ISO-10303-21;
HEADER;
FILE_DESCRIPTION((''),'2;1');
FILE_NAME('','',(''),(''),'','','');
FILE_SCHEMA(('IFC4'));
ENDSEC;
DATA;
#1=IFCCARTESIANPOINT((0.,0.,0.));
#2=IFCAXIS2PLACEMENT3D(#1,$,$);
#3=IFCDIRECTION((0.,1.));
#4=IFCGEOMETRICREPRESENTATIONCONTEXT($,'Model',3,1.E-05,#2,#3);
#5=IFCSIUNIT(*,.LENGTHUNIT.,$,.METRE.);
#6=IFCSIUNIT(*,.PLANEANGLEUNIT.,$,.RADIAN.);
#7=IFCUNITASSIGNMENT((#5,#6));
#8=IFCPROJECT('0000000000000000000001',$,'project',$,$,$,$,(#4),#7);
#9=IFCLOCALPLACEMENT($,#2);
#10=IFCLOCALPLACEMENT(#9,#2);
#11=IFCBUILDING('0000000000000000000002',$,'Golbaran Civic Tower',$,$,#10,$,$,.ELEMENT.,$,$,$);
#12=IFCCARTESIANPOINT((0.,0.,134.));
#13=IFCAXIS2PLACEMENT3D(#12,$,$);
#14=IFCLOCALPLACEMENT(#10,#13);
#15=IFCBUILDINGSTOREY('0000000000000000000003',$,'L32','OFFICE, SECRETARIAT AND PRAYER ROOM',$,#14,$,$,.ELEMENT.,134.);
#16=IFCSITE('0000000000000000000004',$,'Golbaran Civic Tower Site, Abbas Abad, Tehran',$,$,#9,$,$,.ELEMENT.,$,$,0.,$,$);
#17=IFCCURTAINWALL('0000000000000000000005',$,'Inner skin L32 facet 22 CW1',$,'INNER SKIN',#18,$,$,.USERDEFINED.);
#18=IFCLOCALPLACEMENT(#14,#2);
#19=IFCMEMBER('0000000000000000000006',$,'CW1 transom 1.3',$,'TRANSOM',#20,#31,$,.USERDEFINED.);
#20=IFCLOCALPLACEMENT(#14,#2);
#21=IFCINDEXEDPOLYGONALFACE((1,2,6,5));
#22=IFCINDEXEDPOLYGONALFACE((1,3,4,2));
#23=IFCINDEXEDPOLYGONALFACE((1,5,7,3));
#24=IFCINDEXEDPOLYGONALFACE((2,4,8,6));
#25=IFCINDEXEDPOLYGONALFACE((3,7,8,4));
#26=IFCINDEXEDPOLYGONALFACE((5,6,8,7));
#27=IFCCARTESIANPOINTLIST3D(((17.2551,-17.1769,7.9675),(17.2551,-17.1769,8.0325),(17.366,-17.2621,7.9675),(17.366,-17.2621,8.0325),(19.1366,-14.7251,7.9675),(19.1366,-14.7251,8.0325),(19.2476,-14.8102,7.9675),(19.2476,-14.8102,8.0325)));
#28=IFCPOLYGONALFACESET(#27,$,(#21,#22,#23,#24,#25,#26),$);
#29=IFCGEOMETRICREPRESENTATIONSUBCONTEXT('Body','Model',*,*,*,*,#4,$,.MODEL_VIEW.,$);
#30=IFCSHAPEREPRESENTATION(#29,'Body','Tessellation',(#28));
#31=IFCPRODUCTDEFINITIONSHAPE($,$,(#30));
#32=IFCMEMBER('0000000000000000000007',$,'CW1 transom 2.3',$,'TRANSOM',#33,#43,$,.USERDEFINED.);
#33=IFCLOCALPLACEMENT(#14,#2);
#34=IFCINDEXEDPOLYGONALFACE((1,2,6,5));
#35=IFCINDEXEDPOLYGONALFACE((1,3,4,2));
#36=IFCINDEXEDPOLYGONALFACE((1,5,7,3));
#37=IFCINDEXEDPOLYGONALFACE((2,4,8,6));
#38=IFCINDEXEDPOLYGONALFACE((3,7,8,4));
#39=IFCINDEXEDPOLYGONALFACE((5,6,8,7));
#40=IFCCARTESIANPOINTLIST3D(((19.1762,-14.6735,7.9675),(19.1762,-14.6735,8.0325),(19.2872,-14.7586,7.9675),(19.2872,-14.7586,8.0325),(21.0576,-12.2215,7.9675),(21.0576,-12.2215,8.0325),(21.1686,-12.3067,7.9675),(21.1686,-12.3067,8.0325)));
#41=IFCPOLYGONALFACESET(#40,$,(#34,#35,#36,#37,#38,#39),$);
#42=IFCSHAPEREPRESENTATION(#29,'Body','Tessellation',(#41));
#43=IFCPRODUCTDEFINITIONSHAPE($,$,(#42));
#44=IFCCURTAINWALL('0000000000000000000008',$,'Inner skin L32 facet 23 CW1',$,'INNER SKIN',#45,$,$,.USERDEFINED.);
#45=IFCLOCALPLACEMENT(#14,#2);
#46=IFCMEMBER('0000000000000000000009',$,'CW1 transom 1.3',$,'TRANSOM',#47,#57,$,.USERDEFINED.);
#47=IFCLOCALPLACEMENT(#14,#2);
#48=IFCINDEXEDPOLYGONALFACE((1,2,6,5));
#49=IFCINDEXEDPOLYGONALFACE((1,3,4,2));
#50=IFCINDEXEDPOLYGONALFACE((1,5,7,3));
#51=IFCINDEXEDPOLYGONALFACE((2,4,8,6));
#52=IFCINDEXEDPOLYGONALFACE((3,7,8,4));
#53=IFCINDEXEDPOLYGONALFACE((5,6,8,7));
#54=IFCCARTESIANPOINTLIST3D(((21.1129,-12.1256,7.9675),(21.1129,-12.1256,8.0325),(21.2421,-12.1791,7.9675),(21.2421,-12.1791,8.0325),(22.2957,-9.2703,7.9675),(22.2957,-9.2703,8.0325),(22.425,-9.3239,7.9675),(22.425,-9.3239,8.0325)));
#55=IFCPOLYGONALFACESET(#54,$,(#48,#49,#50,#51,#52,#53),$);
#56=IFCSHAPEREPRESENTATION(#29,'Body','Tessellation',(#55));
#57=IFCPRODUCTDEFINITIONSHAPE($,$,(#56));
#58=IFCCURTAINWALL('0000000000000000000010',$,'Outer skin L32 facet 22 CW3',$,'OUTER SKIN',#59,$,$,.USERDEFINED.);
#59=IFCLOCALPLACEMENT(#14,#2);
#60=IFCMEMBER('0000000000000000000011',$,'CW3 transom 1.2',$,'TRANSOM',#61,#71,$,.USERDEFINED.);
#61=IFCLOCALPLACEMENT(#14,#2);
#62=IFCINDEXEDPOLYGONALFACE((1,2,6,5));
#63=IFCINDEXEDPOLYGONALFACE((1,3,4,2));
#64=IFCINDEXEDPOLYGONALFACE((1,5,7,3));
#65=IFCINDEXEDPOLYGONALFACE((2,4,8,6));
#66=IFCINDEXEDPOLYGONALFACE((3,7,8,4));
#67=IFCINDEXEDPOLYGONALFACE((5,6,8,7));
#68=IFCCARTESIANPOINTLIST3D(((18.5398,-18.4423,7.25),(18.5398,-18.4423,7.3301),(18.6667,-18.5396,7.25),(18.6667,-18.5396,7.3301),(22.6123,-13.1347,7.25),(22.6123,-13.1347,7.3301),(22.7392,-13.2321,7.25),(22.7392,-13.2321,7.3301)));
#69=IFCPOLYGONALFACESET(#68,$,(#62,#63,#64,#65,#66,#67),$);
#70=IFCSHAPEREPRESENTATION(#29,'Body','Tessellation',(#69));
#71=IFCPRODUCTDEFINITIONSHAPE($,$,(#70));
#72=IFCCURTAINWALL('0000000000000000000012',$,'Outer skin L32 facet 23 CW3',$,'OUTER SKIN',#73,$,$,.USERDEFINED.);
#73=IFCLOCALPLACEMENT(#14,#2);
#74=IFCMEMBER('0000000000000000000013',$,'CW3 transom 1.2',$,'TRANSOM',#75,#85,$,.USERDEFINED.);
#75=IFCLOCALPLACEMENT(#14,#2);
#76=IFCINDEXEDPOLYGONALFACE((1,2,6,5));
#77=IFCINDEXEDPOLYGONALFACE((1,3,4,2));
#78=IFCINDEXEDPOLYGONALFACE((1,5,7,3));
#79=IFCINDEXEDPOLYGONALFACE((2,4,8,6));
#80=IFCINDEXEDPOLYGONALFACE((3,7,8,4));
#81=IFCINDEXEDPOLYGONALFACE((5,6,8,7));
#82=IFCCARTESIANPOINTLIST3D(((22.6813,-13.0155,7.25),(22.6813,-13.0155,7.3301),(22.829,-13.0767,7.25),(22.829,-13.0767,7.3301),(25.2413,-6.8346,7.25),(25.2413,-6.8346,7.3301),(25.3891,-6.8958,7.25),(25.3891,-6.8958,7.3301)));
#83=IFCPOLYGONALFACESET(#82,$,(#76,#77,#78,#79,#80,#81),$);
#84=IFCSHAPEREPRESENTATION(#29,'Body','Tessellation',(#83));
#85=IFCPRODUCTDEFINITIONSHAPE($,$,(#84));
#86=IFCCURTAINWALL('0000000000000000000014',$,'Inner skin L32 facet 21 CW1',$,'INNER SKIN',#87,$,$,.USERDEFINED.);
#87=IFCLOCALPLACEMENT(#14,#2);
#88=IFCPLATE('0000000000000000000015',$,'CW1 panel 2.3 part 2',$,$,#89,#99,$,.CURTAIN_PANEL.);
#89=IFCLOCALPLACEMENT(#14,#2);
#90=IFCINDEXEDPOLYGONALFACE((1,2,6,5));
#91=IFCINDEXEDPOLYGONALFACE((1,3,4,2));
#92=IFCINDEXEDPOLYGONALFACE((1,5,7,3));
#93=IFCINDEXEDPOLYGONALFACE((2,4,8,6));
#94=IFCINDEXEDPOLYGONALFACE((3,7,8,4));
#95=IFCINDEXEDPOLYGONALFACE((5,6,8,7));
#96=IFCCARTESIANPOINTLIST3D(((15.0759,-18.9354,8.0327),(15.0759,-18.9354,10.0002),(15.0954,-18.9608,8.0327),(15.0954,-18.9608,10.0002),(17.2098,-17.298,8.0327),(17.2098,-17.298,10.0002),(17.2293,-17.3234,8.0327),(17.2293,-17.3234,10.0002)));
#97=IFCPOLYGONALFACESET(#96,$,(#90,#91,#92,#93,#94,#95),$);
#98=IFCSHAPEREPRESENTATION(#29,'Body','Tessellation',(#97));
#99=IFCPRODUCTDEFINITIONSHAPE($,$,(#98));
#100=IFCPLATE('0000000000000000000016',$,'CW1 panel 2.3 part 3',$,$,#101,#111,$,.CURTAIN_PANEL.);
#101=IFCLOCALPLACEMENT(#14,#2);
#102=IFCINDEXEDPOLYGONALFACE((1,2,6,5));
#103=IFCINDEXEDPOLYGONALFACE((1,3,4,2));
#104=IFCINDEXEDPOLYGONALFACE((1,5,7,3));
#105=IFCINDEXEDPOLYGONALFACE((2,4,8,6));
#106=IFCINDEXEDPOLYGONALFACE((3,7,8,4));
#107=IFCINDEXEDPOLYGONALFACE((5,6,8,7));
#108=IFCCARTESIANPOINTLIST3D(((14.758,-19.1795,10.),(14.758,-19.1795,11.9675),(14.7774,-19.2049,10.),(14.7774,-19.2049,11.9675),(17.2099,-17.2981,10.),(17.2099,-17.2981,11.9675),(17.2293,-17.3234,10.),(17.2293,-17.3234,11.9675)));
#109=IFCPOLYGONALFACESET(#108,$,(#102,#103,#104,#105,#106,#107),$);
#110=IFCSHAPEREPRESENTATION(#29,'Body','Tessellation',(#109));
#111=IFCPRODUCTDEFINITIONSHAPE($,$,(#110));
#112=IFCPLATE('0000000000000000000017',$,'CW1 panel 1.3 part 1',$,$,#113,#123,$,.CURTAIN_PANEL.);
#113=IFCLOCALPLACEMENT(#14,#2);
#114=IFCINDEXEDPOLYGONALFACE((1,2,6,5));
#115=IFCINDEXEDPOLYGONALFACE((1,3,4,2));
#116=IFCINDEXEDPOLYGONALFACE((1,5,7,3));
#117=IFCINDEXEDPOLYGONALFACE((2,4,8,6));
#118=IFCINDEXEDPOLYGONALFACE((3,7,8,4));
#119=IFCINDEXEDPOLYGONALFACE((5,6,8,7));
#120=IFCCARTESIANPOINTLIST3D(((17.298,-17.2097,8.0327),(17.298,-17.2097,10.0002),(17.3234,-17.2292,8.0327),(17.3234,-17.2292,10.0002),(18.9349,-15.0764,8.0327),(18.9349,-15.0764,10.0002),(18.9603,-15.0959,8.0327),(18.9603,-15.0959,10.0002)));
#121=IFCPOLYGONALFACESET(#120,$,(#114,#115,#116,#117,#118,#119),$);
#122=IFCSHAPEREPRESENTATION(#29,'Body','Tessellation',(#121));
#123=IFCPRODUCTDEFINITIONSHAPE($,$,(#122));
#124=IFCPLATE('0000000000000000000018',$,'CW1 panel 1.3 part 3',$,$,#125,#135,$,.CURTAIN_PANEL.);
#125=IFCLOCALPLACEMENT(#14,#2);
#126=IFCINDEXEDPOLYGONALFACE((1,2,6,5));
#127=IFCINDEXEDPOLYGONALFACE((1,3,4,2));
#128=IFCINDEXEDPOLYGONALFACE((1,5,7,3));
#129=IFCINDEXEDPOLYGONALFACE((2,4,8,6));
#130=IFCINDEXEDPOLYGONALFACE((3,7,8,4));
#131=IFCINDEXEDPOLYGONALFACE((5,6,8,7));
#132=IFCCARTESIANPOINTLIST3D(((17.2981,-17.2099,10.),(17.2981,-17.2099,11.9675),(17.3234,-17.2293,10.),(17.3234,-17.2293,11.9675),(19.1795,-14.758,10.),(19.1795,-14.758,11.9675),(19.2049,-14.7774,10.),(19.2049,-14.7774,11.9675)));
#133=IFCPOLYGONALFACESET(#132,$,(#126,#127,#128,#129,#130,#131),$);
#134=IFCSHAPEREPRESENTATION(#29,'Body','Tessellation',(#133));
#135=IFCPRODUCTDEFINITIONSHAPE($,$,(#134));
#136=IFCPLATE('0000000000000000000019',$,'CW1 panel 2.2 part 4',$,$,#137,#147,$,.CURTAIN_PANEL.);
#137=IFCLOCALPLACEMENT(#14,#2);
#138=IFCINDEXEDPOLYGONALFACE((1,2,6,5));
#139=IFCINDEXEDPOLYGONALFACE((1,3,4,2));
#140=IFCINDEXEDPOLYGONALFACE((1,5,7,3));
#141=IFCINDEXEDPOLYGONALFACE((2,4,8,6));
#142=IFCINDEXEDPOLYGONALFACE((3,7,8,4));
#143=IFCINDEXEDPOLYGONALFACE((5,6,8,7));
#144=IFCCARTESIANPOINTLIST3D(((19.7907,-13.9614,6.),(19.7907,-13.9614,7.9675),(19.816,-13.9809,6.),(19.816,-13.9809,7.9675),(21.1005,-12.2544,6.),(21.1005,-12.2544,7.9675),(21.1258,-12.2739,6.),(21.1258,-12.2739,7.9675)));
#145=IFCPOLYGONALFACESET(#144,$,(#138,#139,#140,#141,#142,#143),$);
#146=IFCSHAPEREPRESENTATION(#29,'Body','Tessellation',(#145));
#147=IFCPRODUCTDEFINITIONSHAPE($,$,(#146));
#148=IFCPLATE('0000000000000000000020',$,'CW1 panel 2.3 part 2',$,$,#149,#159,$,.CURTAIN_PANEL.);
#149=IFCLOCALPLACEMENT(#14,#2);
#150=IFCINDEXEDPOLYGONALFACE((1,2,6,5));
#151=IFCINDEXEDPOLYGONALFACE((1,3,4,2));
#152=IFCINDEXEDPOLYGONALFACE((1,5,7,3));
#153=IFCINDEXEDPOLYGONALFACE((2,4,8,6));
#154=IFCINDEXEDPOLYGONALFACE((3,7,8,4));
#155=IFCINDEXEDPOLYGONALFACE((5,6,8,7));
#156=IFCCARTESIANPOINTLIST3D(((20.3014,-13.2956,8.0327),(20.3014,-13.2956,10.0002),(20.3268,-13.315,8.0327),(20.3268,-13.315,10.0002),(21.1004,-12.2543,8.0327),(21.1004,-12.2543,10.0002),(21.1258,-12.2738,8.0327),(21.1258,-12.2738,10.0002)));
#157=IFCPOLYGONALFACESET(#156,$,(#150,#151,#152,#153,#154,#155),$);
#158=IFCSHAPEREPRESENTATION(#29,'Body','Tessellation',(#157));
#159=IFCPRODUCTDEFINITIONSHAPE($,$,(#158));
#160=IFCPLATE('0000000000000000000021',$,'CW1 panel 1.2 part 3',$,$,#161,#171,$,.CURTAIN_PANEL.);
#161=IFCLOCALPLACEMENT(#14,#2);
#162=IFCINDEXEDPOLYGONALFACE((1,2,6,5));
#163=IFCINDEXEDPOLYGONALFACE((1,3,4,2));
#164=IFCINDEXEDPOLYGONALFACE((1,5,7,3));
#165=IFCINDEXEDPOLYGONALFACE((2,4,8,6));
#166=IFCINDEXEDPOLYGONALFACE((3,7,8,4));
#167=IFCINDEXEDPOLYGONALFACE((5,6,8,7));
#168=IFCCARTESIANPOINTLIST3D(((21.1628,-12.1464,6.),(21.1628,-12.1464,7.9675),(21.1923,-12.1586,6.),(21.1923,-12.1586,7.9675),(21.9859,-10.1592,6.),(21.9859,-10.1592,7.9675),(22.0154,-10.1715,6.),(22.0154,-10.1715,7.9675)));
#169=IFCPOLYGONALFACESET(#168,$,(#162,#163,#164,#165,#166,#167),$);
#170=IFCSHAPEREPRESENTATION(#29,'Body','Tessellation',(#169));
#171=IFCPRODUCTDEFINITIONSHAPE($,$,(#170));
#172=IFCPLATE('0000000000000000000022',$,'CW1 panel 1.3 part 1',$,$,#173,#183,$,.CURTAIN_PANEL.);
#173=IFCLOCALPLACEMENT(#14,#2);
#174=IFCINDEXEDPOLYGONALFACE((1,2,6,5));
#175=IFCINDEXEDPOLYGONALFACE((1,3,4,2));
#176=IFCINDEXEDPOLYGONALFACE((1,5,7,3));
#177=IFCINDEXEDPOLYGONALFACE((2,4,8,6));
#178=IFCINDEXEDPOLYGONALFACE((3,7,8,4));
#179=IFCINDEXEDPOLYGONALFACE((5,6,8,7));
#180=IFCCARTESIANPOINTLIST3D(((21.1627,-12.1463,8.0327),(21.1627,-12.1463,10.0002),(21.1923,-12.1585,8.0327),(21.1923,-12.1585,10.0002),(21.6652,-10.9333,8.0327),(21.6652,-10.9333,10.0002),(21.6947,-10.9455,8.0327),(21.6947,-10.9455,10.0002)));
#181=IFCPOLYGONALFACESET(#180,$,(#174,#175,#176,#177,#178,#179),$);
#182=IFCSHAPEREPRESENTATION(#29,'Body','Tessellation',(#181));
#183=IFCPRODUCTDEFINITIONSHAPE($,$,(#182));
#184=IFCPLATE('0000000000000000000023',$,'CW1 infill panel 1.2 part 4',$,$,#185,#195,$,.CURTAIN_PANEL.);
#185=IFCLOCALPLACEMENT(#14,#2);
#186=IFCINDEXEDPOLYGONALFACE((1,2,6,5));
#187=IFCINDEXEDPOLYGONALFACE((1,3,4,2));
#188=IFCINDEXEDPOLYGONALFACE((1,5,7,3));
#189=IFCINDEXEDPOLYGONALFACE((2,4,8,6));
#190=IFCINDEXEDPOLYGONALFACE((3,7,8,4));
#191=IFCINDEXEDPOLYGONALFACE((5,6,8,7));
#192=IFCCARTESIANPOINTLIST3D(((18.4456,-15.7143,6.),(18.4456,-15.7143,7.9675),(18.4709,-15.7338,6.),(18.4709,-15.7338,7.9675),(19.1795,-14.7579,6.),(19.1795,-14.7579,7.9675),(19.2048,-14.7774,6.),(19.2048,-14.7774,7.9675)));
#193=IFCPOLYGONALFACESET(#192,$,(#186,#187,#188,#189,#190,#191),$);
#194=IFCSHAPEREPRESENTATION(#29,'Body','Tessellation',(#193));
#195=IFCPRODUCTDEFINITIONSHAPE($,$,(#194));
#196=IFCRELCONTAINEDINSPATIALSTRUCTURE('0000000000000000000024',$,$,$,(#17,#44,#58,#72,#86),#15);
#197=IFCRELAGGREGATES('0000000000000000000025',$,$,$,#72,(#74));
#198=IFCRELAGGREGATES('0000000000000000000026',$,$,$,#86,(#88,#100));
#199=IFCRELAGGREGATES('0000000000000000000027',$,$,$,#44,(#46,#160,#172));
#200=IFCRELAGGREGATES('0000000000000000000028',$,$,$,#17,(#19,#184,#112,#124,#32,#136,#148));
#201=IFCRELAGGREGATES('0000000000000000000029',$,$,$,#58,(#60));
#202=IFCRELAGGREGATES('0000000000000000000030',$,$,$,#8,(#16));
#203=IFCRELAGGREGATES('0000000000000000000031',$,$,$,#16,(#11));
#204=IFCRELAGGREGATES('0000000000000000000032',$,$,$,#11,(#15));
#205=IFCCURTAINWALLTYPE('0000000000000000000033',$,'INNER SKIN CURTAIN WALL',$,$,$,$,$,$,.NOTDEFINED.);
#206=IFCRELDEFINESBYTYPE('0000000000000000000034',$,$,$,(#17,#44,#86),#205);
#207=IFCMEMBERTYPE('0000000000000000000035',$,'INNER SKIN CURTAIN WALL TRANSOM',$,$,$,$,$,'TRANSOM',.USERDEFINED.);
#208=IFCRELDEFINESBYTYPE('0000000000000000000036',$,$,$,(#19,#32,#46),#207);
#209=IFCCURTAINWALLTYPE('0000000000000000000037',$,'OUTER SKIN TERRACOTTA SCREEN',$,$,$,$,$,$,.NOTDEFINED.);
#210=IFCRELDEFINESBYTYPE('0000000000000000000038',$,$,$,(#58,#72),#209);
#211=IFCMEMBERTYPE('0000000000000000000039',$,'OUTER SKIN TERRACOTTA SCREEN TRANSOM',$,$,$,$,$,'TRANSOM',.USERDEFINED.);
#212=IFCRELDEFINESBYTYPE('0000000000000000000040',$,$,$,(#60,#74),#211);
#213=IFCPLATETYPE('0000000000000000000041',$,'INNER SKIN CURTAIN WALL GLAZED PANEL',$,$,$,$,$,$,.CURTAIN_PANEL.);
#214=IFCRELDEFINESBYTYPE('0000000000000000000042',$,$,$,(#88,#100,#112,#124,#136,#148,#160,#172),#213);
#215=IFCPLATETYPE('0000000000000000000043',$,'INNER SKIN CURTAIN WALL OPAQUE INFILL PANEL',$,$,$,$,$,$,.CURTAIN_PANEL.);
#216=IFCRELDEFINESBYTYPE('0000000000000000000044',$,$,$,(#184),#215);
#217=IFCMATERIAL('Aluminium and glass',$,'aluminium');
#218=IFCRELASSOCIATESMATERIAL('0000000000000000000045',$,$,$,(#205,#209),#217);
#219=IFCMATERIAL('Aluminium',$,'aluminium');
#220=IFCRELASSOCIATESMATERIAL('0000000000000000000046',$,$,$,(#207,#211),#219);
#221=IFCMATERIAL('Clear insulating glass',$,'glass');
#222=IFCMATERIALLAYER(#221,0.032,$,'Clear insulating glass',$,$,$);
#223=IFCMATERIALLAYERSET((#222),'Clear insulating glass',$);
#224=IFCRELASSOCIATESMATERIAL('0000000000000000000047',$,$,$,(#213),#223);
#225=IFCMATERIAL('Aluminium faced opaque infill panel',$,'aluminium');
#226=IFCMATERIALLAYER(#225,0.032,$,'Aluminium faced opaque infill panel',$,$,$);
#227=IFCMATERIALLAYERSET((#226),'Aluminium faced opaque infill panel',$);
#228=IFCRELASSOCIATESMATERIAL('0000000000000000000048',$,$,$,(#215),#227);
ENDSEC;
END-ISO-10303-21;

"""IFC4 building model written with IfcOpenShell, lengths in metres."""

from ifc_helpers import new_model, si_unit, direction, frame, origin, origin_2d, place, context, subcontext, project, spatial, rectangle, extrude, material, layer, layer_set, material_profile, profile_set, type_object, element, aggregate, save


model = new_model("IFC4")

# Units and contexts
model_context = context("Model", 3, precision=1e-05, world=origin(), true_north=direction((0.0, 1.0)))
body_context = subcontext(model_context, "Body", "Model", "MODEL_VIEW")
ifc_project = project(units=[si_unit("LENGTHUNIT", "METRE"), si_unit("PLANEANGLEUNIT", "RADIAN")], contexts=[model_context])

# Site, building, storey
site_placement = place(None, origin())
site = spatial("IfcSite", under=ifc_project, at=site_placement, Name="Golbaran Civic Tower Site, Abbas Abad, Tehran", CompositionType="ELEMENT", RefElevation=0.0)
building_placement = place(site_placement, origin())
building = spatial("IfcBuilding", under=site, at=building_placement, Name="Golbaran Civic Tower", CompositionType="ELEMENT")
storey_placement = place(building_placement, frame((0.0, 0.0, 134.0)))
storey = spatial("IfcBuildingStorey", under=building, at=storey_placement, Name="L32", Description="OFFICE, SECRETARIAT AND PRAYER ROOM", CompositionType="ELEMENT", Elevation=134.0)

# Curtain wall, members
ifc_material_1 = material(Name="Aluminium and glass", Category="aluminium")
curtain_wall_type_1 = type_object("IfcCurtainWallType", Name="INNER SKIN CURTAIN WALL", PredefinedType="NOTDEFINED", material=ifc_material_1)
curtain_wall_1_placement = place(storey_placement, origin())
curtain_wall_1 = element("IfcCurtainWall", 1, at=curtain_wall_1_placement, inside=storey, type_object=curtain_wall_type_1, Name="Inner skin L32 facet 22 CW1", ObjectType="INNER SKIN", PredefinedType="USERDEFINED")
ifc_material_2 = material(Name="Aluminium", Category="aluminium")
ifc_material_profile_1 = material_profile(ifc_material_2, rectangle(XDim=0.1399, YDim=0.0649, at=origin_2d()), Name="INNER SKIN CURTAIN WALL TRANSOM")
ifc_profile_set_1 = profile_set([ifc_material_profile_1], Name="Aluminium")
member_type_1 = type_object("IfcMemberType", Name="INNER SKIN CURTAIN WALL TRANSOM", ElementType="TRANSOM", PredefinedType="USERDEFINED", material=ifc_profile_set_1)
member_1_placement = place(storey_placement, frame((17.3105, -17.2195, 8.0), z_axis=(0.608798, 0.793325, 0.0), x_axis=(-0.793325, 0.608798, 0.0)))
member_1 = element("IfcMember", 2, at=member_1_placement, type_object=member_type_1, Name="CW1 transom 1.3", ObjectType="TRANSOM", PredefinedType="USERDEFINED", context=body_context, shape_type="SweptSolid", body=[
    extrude(rectangle(XDim=0.1399, YDim=0.0649, at=origin_2d()), origin(), (0.0, 0.0, 1.0), 3.0906),
])
member_2_placement = place(storey_placement, frame((19.2317, -14.7161, 8.0), z_axis=(0.608748, 0.793363, 0.0), x_axis=(-0.793363, 0.608748, 0.0)))
member_2 = element("IfcMember", 3, at=member_2_placement, type_object=member_type_1, Name="CW1 transom 2.3", ObjectType="TRANSOM", PredefinedType="USERDEFINED", context=body_context, shape_type="SweptSolid", body=[
    extrude(rectangle(XDim=0.1399, YDim=0.0649, at=origin_2d()), origin(), (0.0, 0.0, 1.0), 3.0906),
])

# Curtain walls, members
curtain_wall_2_placement = place(storey_placement, origin())
curtain_wall_2 = element("IfcCurtainWall", 4, at=curtain_wall_2_placement, inside=storey, type_object=curtain_wall_type_1, Name="Inner skin L32 facet 23 CW1", ObjectType="INNER SKIN", PredefinedType="USERDEFINED")
member_3_placement = place(storey_placement, frame((21.1775, -12.1523, 8.0), z_axis=(0.382736, 0.923858, 0.0), x_axis=(-0.923858, 0.382736, 0.0)))
member_3 = element("IfcMember", 5, at=member_3_placement, type_object=member_type_1, Name="CW1 transom 1.3", ObjectType="TRANSOM", PredefinedType="USERDEFINED", context=body_context, shape_type="SweptSolid", body=[
    extrude(rectangle(XDim=0.1399, YDim=0.0649, at=origin_2d()), origin(), (0.0, 0.0, 1.0), 3.0906),
])
curtain_wall_type_2 = type_object("IfcCurtainWallType", Name="OUTER SKIN TERRACOTTA SCREEN", PredefinedType="NOTDEFINED", material=ifc_material_1)
curtain_wall_3_placement = place(storey_placement, origin())
curtain_wall_3 = element("IfcCurtainWall", 6, at=curtain_wall_3_placement, inside=storey, type_object=curtain_wall_type_2, Name="Outer skin L32 facet 22 CW3", ObjectType="OUTER SKIN", PredefinedType="USERDEFINED")
ifc_material_profile_2 = material_profile(ifc_material_2, rectangle(XDim=0.1599, YDim=0.0801, at=origin_2d()), Name="OUTER SKIN TERRACOTTA SCREEN TRANSOM")
ifc_profile_set_2 = profile_set([ifc_material_profile_2], Name="Aluminium")
member_type_2 = type_object("IfcMemberType", Name="OUTER SKIN TERRACOTTA SCREEN TRANSOM", ElementType="TRANSOM", PredefinedType="USERDEFINED", material=ifc_profile_set_2)
member_4_placement = place(storey_placement, frame((18.6033, -18.491, 7.29), z_axis=(0.608746, 0.793365, 0.0), x_axis=(-0.793365, 0.608746, 0.0)))
member_4 = element("IfcMember", 7, at=member_4_placement, type_object=member_type_2, Name="CW3 transom 1.2", ObjectType="TRANSOM", PredefinedType="USERDEFINED", context=body_context, shape_type="SweptSolid", body=[
    extrude(rectangle(XDim=0.1599, YDim=0.0801, at=origin_2d()), origin(), (0.0, 0.0, 1.0), 6.6899),
])
curtain_wall_4_placement = place(storey_placement, origin())
curtain_wall_4 = element("IfcCurtainWall", 8, at=curtain_wall_4_placement, inside=storey, type_object=curtain_wall_type_2, Name="Outer skin L32 facet 23 CW3", ObjectType="OUTER SKIN", PredefinedType="USERDEFINED")
member_5_placement = place(storey_placement, frame((22.7551, -13.0461, 7.29), z_axis=(0.382663, 0.923888, 0.0), x_axis=(-0.923888, 0.382663, 0.0)))
member_5 = element("IfcMember", 9, at=member_5_placement, type_object=member_type_2, Name="CW3 transom 1.2", ObjectType="TRANSOM", PredefinedType="USERDEFINED", context=body_context, shape_type="SweptSolid", body=[
    extrude(rectangle(XDim=0.1599, YDim=0.0801, at=origin_2d()), origin(), (0.0, 0.0, 1.0), 6.6902),
])
aggregate(curtain_wall_4, [member_5])

# Curtain wall, plates
curtain_wall_5_placement = place(storey_placement, origin())
curtain_wall_5 = element("IfcCurtainWall", 10, at=curtain_wall_5_placement, inside=storey, type_object=curtain_wall_type_1, Name="Inner skin L32 facet 21 CW1", ObjectType="INNER SKIN", PredefinedType="USERDEFINED")
ifc_material_3 = material(Name="Clear insulating glass", Category="glass")
ifc_layer_1 = layer(ifc_material_3, 0.032, Name="Clear insulating glass")
ifc_layer_set_1 = layer_set([ifc_layer_1], Name="Clear insulating glass")
plate_type_1 = type_object("IfcPlateType", Name="INNER SKIN CURTAIN WALL GLAZED PANEL", PredefinedType="CURTAIN_PANEL", material=ifc_layer_set_1)
plate_1_placement = place(storey_placement, frame((16.1526, -18.1294, 8.0327), z_axis=(0.0, 0.0, 1.0), x_axis=(0.793353, 0.608761, 0.0)))
plate_1 = element("IfcPlate", 11, at=plate_1_placement, type_object=plate_type_1, Name="CW1 panel 2.3 part 2", PredefinedType="CURTAIN_PANEL", context=body_context, shape_type="SweptSolid", body=[
    extrude(rectangle(XDim=2.6897, YDim=0.032, at=origin_2d()), origin(), (0.0, 0.0, 1.0), 1.9675),
])
plate_2_placement = place(storey_placement, frame((15.9937, -18.2515, 10.0), z_axis=(0.0, 0.0, 1.0), x_axis=(0.793353, 0.608761, 0.0)))
plate_2 = element("IfcPlate", 12, at=plate_2_placement, type_object=plate_type_1, Name="CW1 panel 2.3 part 3", PredefinedType="CURTAIN_PANEL", context=body_context, shape_type="SweptSolid", body=[
    extrude(rectangle(XDim=3.0906, YDim=0.032, at=origin_2d()), origin(), (0.0, 0.0, 1.0), 1.9675),
])
aggregate(curtain_wall_5, [plate_1, plate_2])

# Plates
plate_3_placement = place(storey_placement, frame((18.1292, -16.1528, 8.0327), z_axis=(0.0, 0.0, 1.0), x_axis=(0.608761, 0.793353, 0.0)))
plate_3 = element("IfcPlate", 13, at=plate_3_placement, type_object=plate_type_1, Name="CW1 panel 1.3 part 1", PredefinedType="CURTAIN_PANEL", context=body_context, shape_type="SweptSolid", body=[
    extrude(rectangle(XDim=2.689, YDim=0.032, at=origin_2d()), origin(), (0.0, 0.0, 1.0), 1.9675),
])
plate_4_placement = place(storey_placement, frame((18.2515, -15.9937, 10.0), z_axis=(0.0, 0.0, 1.0), x_axis=(0.608761, 0.793353, 0.0)))
plate_4 = element("IfcPlate", 14, at=plate_4_placement, type_object=plate_type_1, Name="CW1 panel 1.3 part 3", PredefinedType="CURTAIN_PANEL", context=body_context, shape_type="SweptSolid", body=[
    extrude(rectangle(XDim=3.0906, YDim=0.032, at=origin_2d()), origin(), (0.0, 0.0, 1.0), 1.9675),
])
plate_5_placement = place(storey_placement, frame((20.4583, -13.1177, 6.0), z_axis=(0.0, 0.0, 1.0), x_axis=(0.608761, 0.793353, 0.0)))
plate_5 = element("IfcPlate", 15, at=plate_5_placement, type_object=plate_type_1, Name="CW1 panel 2.2 part 4", PredefinedType="CURTAIN_PANEL", context=body_context, shape_type="SweptSolid", body=[
    extrude(rectangle(XDim=2.1516, YDim=0.032, at=origin_2d()), origin(), (0.0, 0.0, 1.0), 1.9675),
])
plate_6_placement = place(storey_placement, frame((20.7136, -12.7847, 8.0327), z_axis=(0.0, 0.0, 1.0), x_axis=(0.608761, 0.793353, 0.0)))
plate_6 = element("IfcPlate", 16, at=plate_6_placement, type_object=plate_type_1, Name="CW1 panel 2.3 part 2", PredefinedType="CURTAIN_PANEL", context=body_context, shape_type="SweptSolid", body=[
    extrude(rectangle(XDim=1.3125, YDim=0.032, at=origin_2d()), origin(), (0.0, 0.0, 1.0), 1.9675),
])
plate_7_placement = place(storey_placement, frame((21.5891, -11.1589, 6.0), z_axis=(0.0, 0.0, 1.0), x_axis=(0.382683, 0.92388, 0.0)))
plate_7 = element("IfcPlate", 17, at=plate_7_placement, type_object=plate_type_1, Name="CW1 panel 1.2 part 3", PredefinedType="CURTAIN_PANEL", context=body_context, shape_type="SweptSolid", body=[
    extrude(rectangle(XDim=2.1509, YDim=0.032, at=origin_2d()), origin(), (0.0, 0.0, 1.0), 1.9675),
])
plate_8_placement = place(storey_placement, frame((21.4287, -11.5459, 8.0327), z_axis=(0.0, 0.0, 1.0), x_axis=(0.382683, 0.92388, 0.0)))
plate_8 = element("IfcPlate", 18, at=plate_8_placement, type_object=plate_type_1, Name="CW1 panel 1.3 part 1", PredefinedType="CURTAIN_PANEL", context=body_context, shape_type="SweptSolid", body=[
    extrude(rectangle(XDim=1.313, YDim=0.032, at=origin_2d()), origin(), (0.0, 0.0, 1.0), 1.9675),
])
aggregate(curtain_wall_2, [member_3, plate_7, plate_8])
ifc_material_4 = material(Name="Aluminium faced opaque infill panel", Category="aluminium")
ifc_layer_2 = layer(ifc_material_4, 0.032, Name="Aluminium faced opaque infill panel")
ifc_layer_set_2 = layer_set([ifc_layer_2], Name="Aluminium faced opaque infill panel")
plate_type_2 = type_object("IfcPlateType", Name="INNER SKIN CURTAIN WALL OPAQUE INFILL PANEL", PredefinedType="CURTAIN_PANEL", material=ifc_layer_set_2)
plate_9_placement = place(storey_placement, frame((18.8252, -15.2458, 6.0), z_axis=(0.0, 0.0, 1.0), x_axis=(0.608761, 0.793353, 0.0)))
plate_9 = element("IfcPlate", 19, at=plate_9_placement, type_object=plate_type_2, Name="CW1 infill panel 1.2 part 4", PredefinedType="CURTAIN_PANEL", context=body_context, shape_type="SweptSolid", body=[
    extrude(rectangle(XDim=1.2056, YDim=0.032, at=origin_2d()), origin(), (0.0, 0.0, 1.0), 1.9675),
])
aggregate(curtain_wall_1, [member_1, plate_9, plate_3, plate_4, member_2, plate_5, plate_6])
aggregate(curtain_wall_3, [member_4])

save(model, "model.ifc")
